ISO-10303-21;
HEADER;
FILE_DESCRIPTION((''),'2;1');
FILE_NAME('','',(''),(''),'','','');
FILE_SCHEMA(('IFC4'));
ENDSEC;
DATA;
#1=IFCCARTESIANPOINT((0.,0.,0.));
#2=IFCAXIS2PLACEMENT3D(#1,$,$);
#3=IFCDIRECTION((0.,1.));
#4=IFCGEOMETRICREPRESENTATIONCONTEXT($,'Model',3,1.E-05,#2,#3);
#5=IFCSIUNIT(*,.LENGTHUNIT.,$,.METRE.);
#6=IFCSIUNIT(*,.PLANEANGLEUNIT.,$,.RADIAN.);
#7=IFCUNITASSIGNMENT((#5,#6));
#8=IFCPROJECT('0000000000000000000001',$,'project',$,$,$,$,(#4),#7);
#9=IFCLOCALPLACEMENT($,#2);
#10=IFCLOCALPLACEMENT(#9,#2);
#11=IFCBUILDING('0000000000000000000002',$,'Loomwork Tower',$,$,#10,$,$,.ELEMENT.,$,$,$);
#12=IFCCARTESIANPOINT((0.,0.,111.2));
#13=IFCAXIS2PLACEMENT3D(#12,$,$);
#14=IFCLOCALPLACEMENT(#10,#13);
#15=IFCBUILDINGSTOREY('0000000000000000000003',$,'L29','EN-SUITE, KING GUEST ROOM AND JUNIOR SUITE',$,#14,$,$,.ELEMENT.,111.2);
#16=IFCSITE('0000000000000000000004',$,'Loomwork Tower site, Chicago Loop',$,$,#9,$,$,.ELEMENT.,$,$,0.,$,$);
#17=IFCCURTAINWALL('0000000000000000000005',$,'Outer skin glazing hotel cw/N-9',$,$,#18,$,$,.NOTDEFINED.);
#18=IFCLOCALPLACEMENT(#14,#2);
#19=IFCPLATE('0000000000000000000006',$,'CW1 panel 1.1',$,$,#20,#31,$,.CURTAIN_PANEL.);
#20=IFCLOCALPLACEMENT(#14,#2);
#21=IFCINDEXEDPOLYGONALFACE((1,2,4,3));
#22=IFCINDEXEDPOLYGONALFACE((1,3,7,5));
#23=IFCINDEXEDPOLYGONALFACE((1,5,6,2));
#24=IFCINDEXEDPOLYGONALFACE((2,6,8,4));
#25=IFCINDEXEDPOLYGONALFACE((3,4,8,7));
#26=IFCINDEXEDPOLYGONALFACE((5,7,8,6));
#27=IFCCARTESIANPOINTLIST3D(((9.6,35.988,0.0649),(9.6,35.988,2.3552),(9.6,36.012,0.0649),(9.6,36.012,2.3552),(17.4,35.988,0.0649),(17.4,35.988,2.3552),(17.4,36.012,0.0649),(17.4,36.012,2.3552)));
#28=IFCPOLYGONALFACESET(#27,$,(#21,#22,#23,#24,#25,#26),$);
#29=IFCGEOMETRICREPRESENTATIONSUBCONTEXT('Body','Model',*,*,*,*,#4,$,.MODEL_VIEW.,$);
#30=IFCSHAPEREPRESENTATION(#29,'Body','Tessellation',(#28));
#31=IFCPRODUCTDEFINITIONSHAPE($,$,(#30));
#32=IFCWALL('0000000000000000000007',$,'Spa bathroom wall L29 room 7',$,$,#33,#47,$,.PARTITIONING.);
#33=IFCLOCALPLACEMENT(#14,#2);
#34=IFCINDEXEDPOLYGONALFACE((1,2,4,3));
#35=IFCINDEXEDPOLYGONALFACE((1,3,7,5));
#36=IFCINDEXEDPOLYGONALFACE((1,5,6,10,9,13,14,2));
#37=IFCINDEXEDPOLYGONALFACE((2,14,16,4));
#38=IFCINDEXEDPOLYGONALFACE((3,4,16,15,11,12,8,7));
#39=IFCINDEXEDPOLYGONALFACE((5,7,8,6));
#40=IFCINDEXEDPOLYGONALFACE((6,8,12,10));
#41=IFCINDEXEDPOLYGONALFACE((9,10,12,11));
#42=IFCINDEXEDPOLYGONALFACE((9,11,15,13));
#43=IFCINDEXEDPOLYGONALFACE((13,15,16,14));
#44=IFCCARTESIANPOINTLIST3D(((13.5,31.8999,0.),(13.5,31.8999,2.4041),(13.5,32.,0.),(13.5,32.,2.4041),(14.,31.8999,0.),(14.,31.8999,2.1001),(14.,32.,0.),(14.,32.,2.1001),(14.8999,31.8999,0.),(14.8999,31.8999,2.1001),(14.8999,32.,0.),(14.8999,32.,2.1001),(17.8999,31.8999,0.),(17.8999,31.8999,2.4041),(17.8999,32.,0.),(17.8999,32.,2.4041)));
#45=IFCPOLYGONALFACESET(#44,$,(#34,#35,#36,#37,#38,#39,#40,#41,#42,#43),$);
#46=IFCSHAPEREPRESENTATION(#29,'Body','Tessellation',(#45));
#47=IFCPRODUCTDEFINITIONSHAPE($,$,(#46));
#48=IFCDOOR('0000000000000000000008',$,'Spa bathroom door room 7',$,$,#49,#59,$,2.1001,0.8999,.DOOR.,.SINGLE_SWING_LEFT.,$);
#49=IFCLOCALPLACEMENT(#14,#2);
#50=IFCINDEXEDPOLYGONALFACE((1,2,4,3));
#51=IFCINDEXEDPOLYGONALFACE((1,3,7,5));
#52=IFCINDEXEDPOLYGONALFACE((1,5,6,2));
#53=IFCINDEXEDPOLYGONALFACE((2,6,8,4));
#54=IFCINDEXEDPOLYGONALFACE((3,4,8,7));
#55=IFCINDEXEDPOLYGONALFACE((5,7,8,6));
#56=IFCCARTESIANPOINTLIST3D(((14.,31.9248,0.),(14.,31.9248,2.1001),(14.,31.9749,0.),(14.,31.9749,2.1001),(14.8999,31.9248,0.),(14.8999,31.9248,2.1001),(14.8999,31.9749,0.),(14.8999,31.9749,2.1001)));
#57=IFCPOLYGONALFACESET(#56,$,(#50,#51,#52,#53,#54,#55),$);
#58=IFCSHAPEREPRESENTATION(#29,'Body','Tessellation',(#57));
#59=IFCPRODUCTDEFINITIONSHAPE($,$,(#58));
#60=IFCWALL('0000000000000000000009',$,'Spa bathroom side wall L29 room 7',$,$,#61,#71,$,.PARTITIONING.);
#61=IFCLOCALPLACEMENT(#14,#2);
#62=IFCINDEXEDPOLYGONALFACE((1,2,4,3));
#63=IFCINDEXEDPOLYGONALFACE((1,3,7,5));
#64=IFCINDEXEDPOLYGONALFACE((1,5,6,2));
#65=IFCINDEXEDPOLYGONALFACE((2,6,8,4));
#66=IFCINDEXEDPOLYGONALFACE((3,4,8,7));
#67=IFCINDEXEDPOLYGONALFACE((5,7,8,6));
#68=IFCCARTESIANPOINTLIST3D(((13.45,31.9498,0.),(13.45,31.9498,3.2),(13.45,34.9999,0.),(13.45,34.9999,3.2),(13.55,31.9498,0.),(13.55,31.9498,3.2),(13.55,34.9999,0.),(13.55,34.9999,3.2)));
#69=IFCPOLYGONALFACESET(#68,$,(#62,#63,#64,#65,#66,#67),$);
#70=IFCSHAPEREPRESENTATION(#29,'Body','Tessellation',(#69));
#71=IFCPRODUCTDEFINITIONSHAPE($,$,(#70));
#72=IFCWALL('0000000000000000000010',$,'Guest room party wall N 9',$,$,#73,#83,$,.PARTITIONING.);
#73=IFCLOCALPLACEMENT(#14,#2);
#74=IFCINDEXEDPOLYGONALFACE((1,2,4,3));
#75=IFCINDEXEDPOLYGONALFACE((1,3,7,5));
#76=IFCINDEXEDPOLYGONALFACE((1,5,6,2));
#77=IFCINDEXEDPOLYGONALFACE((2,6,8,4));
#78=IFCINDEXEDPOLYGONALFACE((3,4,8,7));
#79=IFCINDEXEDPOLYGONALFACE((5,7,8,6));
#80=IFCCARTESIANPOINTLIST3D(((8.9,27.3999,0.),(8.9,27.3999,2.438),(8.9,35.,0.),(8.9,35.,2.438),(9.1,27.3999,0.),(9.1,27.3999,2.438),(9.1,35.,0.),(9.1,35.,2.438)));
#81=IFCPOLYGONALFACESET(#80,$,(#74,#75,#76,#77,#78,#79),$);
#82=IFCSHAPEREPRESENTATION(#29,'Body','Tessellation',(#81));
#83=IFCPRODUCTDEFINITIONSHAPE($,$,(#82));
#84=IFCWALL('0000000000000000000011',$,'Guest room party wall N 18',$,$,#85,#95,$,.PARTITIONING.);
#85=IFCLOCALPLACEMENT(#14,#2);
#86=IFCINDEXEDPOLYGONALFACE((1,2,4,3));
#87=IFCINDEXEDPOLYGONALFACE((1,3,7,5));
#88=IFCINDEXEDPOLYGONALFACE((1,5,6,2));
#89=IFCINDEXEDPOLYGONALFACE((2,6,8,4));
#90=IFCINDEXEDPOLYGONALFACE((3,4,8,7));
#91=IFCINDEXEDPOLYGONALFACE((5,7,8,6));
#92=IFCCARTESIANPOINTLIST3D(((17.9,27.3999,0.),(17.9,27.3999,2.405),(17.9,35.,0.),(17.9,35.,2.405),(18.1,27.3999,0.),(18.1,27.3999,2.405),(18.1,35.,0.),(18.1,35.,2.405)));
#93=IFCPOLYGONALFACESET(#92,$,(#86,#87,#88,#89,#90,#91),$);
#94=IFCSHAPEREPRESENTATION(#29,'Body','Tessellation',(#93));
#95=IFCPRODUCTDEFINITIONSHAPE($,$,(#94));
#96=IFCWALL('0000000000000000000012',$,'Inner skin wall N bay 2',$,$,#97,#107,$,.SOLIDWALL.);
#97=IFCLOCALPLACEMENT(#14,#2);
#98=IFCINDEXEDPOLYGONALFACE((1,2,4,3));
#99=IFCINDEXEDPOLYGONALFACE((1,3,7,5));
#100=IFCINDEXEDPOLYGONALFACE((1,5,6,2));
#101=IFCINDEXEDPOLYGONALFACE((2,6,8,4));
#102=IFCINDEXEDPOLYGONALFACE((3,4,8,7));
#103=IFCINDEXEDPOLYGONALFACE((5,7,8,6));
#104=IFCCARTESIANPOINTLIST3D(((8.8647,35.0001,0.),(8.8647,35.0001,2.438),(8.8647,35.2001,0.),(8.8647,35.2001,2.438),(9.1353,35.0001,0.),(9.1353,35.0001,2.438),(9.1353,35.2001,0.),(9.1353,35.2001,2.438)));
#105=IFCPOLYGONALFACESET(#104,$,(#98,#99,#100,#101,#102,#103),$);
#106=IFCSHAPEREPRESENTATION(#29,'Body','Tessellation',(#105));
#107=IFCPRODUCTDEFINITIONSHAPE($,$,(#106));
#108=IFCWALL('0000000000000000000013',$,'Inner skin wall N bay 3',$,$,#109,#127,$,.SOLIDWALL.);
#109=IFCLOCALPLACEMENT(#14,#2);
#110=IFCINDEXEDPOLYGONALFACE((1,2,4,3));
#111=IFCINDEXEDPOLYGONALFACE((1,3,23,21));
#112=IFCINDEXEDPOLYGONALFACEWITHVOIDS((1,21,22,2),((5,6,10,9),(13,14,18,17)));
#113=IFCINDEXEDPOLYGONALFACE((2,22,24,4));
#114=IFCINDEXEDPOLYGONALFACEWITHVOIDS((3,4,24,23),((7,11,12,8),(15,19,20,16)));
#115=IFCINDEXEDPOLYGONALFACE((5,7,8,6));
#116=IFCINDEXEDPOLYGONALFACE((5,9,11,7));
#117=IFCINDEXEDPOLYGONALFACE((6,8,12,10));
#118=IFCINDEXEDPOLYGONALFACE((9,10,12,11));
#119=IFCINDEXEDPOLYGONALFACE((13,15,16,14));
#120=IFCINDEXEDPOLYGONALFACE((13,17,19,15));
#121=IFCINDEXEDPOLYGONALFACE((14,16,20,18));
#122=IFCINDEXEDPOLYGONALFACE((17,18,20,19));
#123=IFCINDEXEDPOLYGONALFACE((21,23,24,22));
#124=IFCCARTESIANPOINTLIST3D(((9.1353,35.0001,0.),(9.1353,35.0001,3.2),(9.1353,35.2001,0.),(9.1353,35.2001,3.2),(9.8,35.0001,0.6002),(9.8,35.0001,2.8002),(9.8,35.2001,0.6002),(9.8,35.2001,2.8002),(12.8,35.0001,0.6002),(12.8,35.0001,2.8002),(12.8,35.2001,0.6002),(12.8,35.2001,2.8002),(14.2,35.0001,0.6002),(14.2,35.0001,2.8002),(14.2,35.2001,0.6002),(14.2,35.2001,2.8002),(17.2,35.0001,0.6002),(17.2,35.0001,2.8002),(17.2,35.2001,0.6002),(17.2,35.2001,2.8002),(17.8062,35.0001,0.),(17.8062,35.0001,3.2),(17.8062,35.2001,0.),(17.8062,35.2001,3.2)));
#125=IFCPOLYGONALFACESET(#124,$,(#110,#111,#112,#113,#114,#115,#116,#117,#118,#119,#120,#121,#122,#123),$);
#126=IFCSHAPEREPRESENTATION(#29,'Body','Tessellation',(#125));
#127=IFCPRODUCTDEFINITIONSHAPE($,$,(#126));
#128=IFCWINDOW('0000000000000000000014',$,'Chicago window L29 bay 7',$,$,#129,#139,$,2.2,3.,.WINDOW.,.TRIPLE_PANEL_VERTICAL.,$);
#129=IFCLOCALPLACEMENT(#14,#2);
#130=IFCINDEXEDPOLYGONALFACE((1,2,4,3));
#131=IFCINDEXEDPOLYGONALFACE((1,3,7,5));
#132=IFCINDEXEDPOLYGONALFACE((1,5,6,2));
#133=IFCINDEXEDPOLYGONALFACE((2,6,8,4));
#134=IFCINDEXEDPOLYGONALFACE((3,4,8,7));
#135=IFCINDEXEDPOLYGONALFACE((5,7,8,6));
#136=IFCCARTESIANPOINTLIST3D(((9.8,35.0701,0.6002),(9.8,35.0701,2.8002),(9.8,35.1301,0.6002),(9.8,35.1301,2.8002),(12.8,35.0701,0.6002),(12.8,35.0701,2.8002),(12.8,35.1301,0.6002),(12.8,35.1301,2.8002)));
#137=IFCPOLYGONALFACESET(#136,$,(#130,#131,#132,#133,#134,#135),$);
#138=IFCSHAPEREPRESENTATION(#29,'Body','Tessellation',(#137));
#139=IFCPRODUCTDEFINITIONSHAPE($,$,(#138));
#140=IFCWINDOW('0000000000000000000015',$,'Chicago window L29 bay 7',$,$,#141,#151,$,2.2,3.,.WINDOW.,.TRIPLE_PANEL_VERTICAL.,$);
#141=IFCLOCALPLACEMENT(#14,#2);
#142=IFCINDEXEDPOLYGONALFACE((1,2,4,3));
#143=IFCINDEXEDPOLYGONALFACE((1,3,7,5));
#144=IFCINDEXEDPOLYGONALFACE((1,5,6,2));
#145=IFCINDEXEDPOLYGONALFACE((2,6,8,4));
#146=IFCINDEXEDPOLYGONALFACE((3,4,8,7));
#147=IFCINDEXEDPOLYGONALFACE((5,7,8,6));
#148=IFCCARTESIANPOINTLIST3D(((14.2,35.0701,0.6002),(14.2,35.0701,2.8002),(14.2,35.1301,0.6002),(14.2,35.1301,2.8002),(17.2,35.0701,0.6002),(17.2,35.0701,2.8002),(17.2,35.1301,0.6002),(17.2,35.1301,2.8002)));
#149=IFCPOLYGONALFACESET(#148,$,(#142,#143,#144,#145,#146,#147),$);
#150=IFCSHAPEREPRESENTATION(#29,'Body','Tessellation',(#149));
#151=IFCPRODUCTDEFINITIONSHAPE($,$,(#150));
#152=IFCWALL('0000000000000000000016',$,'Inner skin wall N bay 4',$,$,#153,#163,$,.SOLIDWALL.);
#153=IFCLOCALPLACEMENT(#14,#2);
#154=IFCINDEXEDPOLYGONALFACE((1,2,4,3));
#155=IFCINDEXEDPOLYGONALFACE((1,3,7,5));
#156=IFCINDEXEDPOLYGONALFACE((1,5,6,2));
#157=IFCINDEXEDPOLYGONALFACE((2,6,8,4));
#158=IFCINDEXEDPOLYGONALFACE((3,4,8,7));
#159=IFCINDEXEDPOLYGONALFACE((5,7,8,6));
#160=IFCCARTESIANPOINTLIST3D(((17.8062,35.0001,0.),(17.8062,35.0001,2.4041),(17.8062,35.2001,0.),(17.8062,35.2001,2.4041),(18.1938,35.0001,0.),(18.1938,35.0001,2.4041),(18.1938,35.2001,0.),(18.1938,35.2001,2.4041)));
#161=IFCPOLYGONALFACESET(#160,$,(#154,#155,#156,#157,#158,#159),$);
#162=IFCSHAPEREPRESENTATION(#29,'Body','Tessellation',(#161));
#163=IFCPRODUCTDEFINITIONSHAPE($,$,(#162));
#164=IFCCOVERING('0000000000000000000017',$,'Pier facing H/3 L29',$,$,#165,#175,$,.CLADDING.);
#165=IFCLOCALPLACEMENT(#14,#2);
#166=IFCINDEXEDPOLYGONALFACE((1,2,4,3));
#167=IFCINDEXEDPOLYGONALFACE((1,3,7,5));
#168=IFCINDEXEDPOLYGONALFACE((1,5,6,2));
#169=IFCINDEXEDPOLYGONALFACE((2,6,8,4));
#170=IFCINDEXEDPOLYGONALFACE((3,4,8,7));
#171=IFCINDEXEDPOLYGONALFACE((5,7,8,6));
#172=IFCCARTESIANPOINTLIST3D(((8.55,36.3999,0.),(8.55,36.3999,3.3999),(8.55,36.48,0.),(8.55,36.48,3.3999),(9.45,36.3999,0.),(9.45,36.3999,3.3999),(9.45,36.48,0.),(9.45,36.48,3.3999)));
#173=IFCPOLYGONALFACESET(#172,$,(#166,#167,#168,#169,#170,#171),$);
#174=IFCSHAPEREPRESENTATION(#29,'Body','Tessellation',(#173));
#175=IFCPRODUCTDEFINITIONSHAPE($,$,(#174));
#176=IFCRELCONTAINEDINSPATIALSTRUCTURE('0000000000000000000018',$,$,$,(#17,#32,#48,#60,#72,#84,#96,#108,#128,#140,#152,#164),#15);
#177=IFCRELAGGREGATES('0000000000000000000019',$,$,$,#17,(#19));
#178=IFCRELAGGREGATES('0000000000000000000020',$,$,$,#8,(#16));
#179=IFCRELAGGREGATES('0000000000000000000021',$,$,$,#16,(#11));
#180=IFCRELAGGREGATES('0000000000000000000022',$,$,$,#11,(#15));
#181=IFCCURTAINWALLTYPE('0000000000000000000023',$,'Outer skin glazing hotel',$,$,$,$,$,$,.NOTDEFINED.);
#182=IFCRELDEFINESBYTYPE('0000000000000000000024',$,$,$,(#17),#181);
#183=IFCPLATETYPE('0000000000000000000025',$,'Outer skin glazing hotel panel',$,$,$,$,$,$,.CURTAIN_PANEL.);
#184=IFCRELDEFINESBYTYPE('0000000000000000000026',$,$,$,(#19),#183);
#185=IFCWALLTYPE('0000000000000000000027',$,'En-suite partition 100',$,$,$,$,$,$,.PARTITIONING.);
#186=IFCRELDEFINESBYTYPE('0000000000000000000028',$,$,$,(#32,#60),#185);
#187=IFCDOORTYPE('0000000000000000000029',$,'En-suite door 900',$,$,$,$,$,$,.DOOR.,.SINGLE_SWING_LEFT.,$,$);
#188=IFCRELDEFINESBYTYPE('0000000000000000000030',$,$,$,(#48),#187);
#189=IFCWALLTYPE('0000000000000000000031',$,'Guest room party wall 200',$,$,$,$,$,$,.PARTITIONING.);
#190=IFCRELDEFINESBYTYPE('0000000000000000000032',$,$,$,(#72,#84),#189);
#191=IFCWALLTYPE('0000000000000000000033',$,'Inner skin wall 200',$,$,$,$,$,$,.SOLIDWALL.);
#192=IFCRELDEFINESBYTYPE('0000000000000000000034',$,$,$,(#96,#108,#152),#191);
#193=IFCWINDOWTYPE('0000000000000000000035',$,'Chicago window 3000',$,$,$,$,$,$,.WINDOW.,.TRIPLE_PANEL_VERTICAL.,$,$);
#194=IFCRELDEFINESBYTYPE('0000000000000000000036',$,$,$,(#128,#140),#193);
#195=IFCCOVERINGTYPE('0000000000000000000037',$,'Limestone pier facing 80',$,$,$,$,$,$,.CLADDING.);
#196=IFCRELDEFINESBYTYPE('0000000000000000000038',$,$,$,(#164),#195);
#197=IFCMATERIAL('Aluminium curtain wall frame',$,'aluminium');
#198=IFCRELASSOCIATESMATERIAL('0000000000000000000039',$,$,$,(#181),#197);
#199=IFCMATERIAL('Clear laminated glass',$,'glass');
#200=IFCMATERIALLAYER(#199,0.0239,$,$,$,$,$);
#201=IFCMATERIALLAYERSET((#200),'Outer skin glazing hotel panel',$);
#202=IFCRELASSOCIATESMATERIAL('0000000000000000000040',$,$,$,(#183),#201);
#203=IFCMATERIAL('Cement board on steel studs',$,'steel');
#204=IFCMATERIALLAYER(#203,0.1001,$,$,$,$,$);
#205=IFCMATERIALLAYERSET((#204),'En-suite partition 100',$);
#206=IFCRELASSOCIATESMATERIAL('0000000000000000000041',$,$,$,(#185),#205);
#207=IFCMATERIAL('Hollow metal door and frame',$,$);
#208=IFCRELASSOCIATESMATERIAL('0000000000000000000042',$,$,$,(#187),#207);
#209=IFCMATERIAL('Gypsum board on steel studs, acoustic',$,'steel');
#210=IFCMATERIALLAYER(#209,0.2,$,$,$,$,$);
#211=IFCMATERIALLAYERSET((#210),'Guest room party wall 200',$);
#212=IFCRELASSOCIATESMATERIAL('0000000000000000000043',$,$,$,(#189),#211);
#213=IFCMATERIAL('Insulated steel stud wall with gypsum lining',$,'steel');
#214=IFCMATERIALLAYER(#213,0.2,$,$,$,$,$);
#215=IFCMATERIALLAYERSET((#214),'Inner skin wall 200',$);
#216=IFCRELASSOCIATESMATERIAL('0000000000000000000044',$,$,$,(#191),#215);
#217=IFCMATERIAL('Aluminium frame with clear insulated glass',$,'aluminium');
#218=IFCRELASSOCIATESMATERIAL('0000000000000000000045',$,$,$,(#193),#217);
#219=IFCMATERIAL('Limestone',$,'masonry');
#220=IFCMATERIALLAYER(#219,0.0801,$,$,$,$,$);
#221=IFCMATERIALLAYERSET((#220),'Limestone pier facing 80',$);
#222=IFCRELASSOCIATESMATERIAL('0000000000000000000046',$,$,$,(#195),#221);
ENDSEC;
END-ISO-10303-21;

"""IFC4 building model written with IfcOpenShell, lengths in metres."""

from ifc_helpers import new_model, si_unit, direction, frame, frame_2d, origin, origin_2d, place, context, subcontext, project, spatial, rectangle, extrude, material, layer, layer_set, type_object, element, fill, aggregate, save


model = new_model("IFC4")

# Units and contexts
model_context = context("Model", 3, precision=1e-05, world=origin(), true_north=direction((0.0, 1.0)))
body_context = subcontext(model_context, "Body", "Model", "MODEL_VIEW")
ifc_project = project(units=[si_unit("LENGTHUNIT", "METRE"), si_unit("PLANEANGLEUNIT", "RADIAN")], contexts=[model_context])

# Site, building, storey
site_placement = place(None, origin())
site = spatial("IfcSite", under=ifc_project, at=site_placement, Name="Loomwork Tower site, Chicago Loop", CompositionType="ELEMENT", RefElevation=0.0)
building_placement = place(site_placement, origin())
building = spatial("IfcBuilding", under=site, at=building_placement, Name="Loomwork Tower", CompositionType="ELEMENT")
storey_placement = place(building_placement, frame((0.0, 0.0, 111.2)))
storey = spatial("IfcBuildingStorey", under=building, at=storey_placement, Name="L29", Description="EN-SUITE, KING GUEST ROOM AND JUNIOR SUITE", CompositionType="ELEMENT", Elevation=111.2)

# Curtain wall
ifc_material_1 = material(Name="Aluminium curtain wall frame", Category="aluminium")
curtain_wall_type = type_object("IfcCurtainWallType", Name="Outer skin glazing hotel", PredefinedType="NOTDEFINED", material=ifc_material_1)
curtain_wall_placement = place(storey_placement, origin())
curtain_wall = element("IfcCurtainWall", 1, at=curtain_wall_placement, inside=storey, type_object=curtain_wall_type, Name="Outer skin glazing hotel cw/N-9", PredefinedType="NOTDEFINED")

# Plate
ifc_material_2 = material(Name="Clear laminated glass", Category="glass")
ifc_layer_1 = layer(ifc_material_2, 0.0239)
ifc_layer_set_1 = layer_set([ifc_layer_1], Name="Outer skin glazing hotel panel")
plate_type = type_object("IfcPlateType", Name="Outer skin glazing hotel panel", PredefinedType="CURTAIN_PANEL", material=ifc_layer_set_1)
plate_placement = place(storey_placement, frame((13.5, 36.0, 0.0649), z_axis=(0.0, 0.0, 1.0), x_axis=(-1.0, 0.0, 0.0)))
plate = element("IfcPlate", 2, at=plate_placement, type_object=plate_type, Name="CW1 panel 1.1", PredefinedType="CURTAIN_PANEL", context=body_context, shape_type="SweptSolid", body=[
    extrude(rectangle(XDim=7.8, YDim=0.0239, at=origin_2d()), origin(), (0.0, 0.0, 1.0), 2.2903),
])
aggregate(curtain_wall, [plate])

# Wall, opening, door
ifc_material_3 = material(Name="Cement board on steel studs", Category="steel")
ifc_layer_2 = layer(ifc_material_3, 0.1001)
ifc_layer_set_2 = layer_set([ifc_layer_2], Name="En-suite partition 100")
wall_type_1 = type_object("IfcWallType", Name="En-suite partition 100", PredefinedType="PARTITIONING", material=ifc_layer_set_2)
wall_1_placement = place(storey_placement, frame((13.5, 31.95, 0.0), z_axis=(0.0, 0.0, 1.0), x_axis=(1.0, 0.0, 0.0)))
wall_1 = element("IfcWall", 3, at=wall_1_placement, inside=storey, type_object=wall_type_1, Name="Spa bathroom wall L29 room 7", PredefinedType="PARTITIONING", context=body_context, shape_type="SweptSolid", body=[
    extrude(rectangle(XDim=4.3999, YDim=0.1001, at=frame_2d((2.2, 0.0))), origin(), (0.0, 0.0, 1.0), 2.4041),
])
opening_1_placement = place(wall_1_placement, frame((0.5, 0.0, 0.0)))
opening_1 = element("IfcOpeningElement", 4, at=opening_1_placement, cuts=wall_1, PredefinedType="OPENING", context=body_context, shape_type="SweptSolid", body=[
    extrude(rectangle(XDim=0.8999, YDim=2.1001, at=frame_2d((0.45, 1.05))), frame((0.0, 0.0601, 0.0), z_axis=(0.0, -1.0, 0.0), x_axis=(1.0, 0.0, 0.0)), (0.0, 0.0, 1.0), 0.1201),
])
ifc_material_4 = material(Name="Hollow metal door and frame")
door_type = type_object("IfcDoorType", Name="En-suite door 900", OperationType="SINGLE_SWING_LEFT", PredefinedType="DOOR", material=ifc_material_4)
door_placement = place(opening_1_placement, origin())
door = element("IfcDoor", 5, at=door_placement, inside=storey, type_object=door_type, Name="Spa bathroom door room 7", OperationType="SINGLE_SWING_LEFT", OverallHeight=2.1001, OverallWidth=0.8999, PredefinedType="DOOR", context=body_context, shape_type="SweptSolid", body=[
    extrude(rectangle(XDim=0.8999, YDim=2.1001, at=frame_2d((0.45, 1.05))), frame((0.0, 0.0249, 0.0), z_axis=(0.0, -1.0, 0.0), x_axis=(1.0, 0.0, 0.0)), (0.0, 0.0, 1.0), 0.05),
])
fill(opening_1, door)

# Walls
wall_2_placement = place(storey_placement, frame((13.5, 31.95, 0.0), z_axis=(0.0, 0.0, 1.0), x_axis=(0.0, 1.0, 0.0)))
element("IfcWall", 6, at=wall_2_placement, inside=storey, type_object=wall_type_1, Name="Spa bathroom side wall L29 room 7", PredefinedType="PARTITIONING", context=body_context, shape_type="SweptSolid", body=[
    extrude(rectangle(XDim=3.05, YDim=0.1001, at=frame_2d((1.5249, 0.0))), origin(), (0.0, 0.0, 1.0), 3.2),
])
ifc_material_5 = material(Name="Gypsum board on steel studs, acoustic", Category="steel")
ifc_layer_3 = layer(ifc_material_5, 0.2)
ifc_layer_set_3 = layer_set([ifc_layer_3], Name="Guest room party wall 200")
wall_type_2 = type_object("IfcWallType", Name="Guest room party wall 200", PredefinedType="PARTITIONING", material=ifc_layer_set_3)
wall_3_placement = place(storey_placement, frame((9.0, 27.3999, 0.0), z_axis=(0.0, 0.0, 1.0), x_axis=(0.0, 1.0, 0.0)))
element("IfcWall", 7, at=wall_3_placement, inside=storey, type_object=wall_type_2, Name="Guest room party wall N 9", PredefinedType="PARTITIONING", context=body_context, shape_type="SweptSolid", body=[
    extrude(rectangle(XDim=7.6001, YDim=0.2, at=frame_2d((3.8, 0.0))), origin(), (0.0, 0.0, 1.0), 2.438),
])
wall_4_placement = place(storey_placement, frame((18.0, 27.3999, 0.0), z_axis=(0.0, 0.0, 1.0), x_axis=(0.0, 1.0, 0.0)))
element("IfcWall", 8, at=wall_4_placement, inside=storey, type_object=wall_type_2, Name="Guest room party wall N 18", PredefinedType="PARTITIONING", context=body_context, shape_type="SweptSolid", body=[
    extrude(rectangle(XDim=7.6001, YDim=0.2, at=frame_2d((3.8, 0.0))), origin(), (0.0, 0.0, 1.0), 2.405),
])
ifc_material_6 = material(Name="Insulated steel stud wall with gypsum lining", Category="steel")
ifc_layer_4 = layer(ifc_material_6, 0.2)
ifc_layer_set_4 = layer_set([ifc_layer_4], Name="Inner skin wall 200")
wall_type_3 = type_object("IfcWallType", Name="Inner skin wall 200", PredefinedType="SOLIDWALL", material=ifc_layer_set_4)
wall_5_placement = place(storey_placement, frame((8.8647, 35.1001, 0.0), z_axis=(0.0, 0.0, 1.0), x_axis=(1.0, 0.0, 0.0)))
element("IfcWall", 9, at=wall_5_placement, inside=storey, type_object=wall_type_3, Name="Inner skin wall N bay 2", PredefinedType="SOLIDWALL", context=body_context, shape_type="SweptSolid", body=[
    extrude(rectangle(XDim=0.2705, YDim=0.2, at=frame_2d((0.1353, 0.0))), origin(), (0.0, 0.0, 1.0), 2.438),
])

# Wall, openings, windows
wall_6_placement = place(storey_placement, frame((9.1353, 35.1001, 0.0), z_axis=(0.0, 0.0, 1.0), x_axis=(1.0, 0.0, 0.0)))
wall_6 = element("IfcWall", 10, at=wall_6_placement, inside=storey, type_object=wall_type_3, Name="Inner skin wall N bay 3", PredefinedType="SOLIDWALL", context=body_context, shape_type="SweptSolid", body=[
    extrude(rectangle(XDim=8.6709, YDim=0.2, at=frame_2d((4.3354, 0.0))), origin(), (0.0, 0.0, 1.0), 3.2),
])
opening_2_placement = place(wall_6_placement, frame((0.6648, 0.0, 0.6001)))
opening_2 = element("IfcOpeningElement", 11, at=opening_2_placement, cuts=wall_6, PredefinedType="OPENING", context=body_context, shape_type="SweptSolid", body=[
    extrude(rectangle(XDim=3.0, YDim=2.2, at=frame_2d((1.5, 1.1001))), frame((0.0, 0.1099, 0.0), z_axis=(0.0, -1.0, 0.0), x_axis=(1.0, 0.0, 0.0)), (0.0, 0.0, 1.0), 0.22),
])
opening_3_placement = place(wall_6_placement, frame((5.0647, 0.0, 0.6001)))
opening_3 = element("IfcOpeningElement", 12, at=opening_3_placement, cuts=wall_6, PredefinedType="OPENING", context=body_context, shape_type="SweptSolid", body=[
    extrude(rectangle(XDim=3.0, YDim=2.2, at=frame_2d((1.5, 1.1001))), frame((0.0, 0.1099, 0.0), z_axis=(0.0, -1.0, 0.0), x_axis=(1.0, 0.0, 0.0)), (0.0, 0.0, 1.0), 0.22),
])
ifc_material_7 = material(Name="Aluminium frame with clear insulated glass", Category="aluminium")
window_type = type_object("IfcWindowType", Name="Chicago window 3000", PartitioningType="TRIPLE_PANEL_VERTICAL", PredefinedType="WINDOW", material=ifc_material_7)
window_1_placement = place(opening_2_placement, origin())
window_1 = element("IfcWindow", 13, at=window_1_placement, inside=storey, type_object=window_type, Name="Chicago window L29 bay 7", OverallHeight=2.2, OverallWidth=3.0, PartitioningType="TRIPLE_PANEL_VERTICAL", PredefinedType="WINDOW", context=body_context, shape_type="SweptSolid", body=[
    extrude(rectangle(XDim=3.0, YDim=2.2, at=frame_2d((1.5, 1.1001))), frame((0.0, 0.03, 0.0), z_axis=(0.0, -1.0, 0.0), x_axis=(1.0, 0.0, 0.0)), (0.0, 0.0, 1.0), 0.0601),
])
fill(opening_2, window_1)
window_2_placement = place(opening_3_placement, origin())
window_2 = element("IfcWindow", 14, at=window_2_placement, inside=storey, type_object=window_type, Name="Chicago window L29 bay 7", OverallHeight=2.2, OverallWidth=3.0, PartitioningType="TRIPLE_PANEL_VERTICAL", PredefinedType="WINDOW", context=body_context, shape_type="SweptSolid", body=[
    extrude(rectangle(XDim=3.0, YDim=2.2, at=frame_2d((1.5, 1.1001))), frame((0.0, 0.03, 0.0), z_axis=(0.0, -1.0, 0.0), x_axis=(1.0, 0.0, 0.0)), (0.0, 0.0, 1.0), 0.0601),
])
fill(opening_3, window_2)

# Wall
wall_7_placement = place(storey_placement, frame((17.8062, 35.1001, 0.0), z_axis=(0.0, 0.0, 1.0), x_axis=(1.0, 0.0, 0.0)))
element("IfcWall", 15, at=wall_7_placement, inside=storey, type_object=wall_type_3, Name="Inner skin wall N bay 4", PredefinedType="SOLIDWALL", context=body_context, shape_type="SweptSolid", body=[
    extrude(rectangle(XDim=0.3877, YDim=0.2, at=frame_2d((0.1938, 0.0))), origin(), (0.0, 0.0, 1.0), 2.4041),
])

# Covering
ifc_material_8 = material(Name="Limestone", Category="masonry")
ifc_layer_5 = layer(ifc_material_8, 0.0801)
ifc_layer_set_5 = layer_set([ifc_layer_5], Name="Limestone pier facing 80")
covering_type = type_object("IfcCoveringType", Name="Limestone pier facing 80", PredefinedType="CLADDING", material=ifc_layer_set_5)
for number, where, z_axis, x_axis, name in (
    (16, (9.0, 36.4399, 0.0), (0.0, 0.0, 1.0), (1.0, 0.0, 0.0), "Pier facing H/3 L29"),
):
    element("IfcCovering", number, at=place(storey_placement, frame(where, z_axis=z_axis, x_axis=x_axis)), inside=storey, type_object=covering_type, Name=name, PredefinedType="CLADDING", context=body_context, shape_type="SweptSolid", body=[
        extrude(rectangle(XDim=0.8999, YDim=0.0801, at=origin_2d()), origin(), (0.0, 0.0, 1.0), 3.3999),
    ])

save(model, "model.ifc")
